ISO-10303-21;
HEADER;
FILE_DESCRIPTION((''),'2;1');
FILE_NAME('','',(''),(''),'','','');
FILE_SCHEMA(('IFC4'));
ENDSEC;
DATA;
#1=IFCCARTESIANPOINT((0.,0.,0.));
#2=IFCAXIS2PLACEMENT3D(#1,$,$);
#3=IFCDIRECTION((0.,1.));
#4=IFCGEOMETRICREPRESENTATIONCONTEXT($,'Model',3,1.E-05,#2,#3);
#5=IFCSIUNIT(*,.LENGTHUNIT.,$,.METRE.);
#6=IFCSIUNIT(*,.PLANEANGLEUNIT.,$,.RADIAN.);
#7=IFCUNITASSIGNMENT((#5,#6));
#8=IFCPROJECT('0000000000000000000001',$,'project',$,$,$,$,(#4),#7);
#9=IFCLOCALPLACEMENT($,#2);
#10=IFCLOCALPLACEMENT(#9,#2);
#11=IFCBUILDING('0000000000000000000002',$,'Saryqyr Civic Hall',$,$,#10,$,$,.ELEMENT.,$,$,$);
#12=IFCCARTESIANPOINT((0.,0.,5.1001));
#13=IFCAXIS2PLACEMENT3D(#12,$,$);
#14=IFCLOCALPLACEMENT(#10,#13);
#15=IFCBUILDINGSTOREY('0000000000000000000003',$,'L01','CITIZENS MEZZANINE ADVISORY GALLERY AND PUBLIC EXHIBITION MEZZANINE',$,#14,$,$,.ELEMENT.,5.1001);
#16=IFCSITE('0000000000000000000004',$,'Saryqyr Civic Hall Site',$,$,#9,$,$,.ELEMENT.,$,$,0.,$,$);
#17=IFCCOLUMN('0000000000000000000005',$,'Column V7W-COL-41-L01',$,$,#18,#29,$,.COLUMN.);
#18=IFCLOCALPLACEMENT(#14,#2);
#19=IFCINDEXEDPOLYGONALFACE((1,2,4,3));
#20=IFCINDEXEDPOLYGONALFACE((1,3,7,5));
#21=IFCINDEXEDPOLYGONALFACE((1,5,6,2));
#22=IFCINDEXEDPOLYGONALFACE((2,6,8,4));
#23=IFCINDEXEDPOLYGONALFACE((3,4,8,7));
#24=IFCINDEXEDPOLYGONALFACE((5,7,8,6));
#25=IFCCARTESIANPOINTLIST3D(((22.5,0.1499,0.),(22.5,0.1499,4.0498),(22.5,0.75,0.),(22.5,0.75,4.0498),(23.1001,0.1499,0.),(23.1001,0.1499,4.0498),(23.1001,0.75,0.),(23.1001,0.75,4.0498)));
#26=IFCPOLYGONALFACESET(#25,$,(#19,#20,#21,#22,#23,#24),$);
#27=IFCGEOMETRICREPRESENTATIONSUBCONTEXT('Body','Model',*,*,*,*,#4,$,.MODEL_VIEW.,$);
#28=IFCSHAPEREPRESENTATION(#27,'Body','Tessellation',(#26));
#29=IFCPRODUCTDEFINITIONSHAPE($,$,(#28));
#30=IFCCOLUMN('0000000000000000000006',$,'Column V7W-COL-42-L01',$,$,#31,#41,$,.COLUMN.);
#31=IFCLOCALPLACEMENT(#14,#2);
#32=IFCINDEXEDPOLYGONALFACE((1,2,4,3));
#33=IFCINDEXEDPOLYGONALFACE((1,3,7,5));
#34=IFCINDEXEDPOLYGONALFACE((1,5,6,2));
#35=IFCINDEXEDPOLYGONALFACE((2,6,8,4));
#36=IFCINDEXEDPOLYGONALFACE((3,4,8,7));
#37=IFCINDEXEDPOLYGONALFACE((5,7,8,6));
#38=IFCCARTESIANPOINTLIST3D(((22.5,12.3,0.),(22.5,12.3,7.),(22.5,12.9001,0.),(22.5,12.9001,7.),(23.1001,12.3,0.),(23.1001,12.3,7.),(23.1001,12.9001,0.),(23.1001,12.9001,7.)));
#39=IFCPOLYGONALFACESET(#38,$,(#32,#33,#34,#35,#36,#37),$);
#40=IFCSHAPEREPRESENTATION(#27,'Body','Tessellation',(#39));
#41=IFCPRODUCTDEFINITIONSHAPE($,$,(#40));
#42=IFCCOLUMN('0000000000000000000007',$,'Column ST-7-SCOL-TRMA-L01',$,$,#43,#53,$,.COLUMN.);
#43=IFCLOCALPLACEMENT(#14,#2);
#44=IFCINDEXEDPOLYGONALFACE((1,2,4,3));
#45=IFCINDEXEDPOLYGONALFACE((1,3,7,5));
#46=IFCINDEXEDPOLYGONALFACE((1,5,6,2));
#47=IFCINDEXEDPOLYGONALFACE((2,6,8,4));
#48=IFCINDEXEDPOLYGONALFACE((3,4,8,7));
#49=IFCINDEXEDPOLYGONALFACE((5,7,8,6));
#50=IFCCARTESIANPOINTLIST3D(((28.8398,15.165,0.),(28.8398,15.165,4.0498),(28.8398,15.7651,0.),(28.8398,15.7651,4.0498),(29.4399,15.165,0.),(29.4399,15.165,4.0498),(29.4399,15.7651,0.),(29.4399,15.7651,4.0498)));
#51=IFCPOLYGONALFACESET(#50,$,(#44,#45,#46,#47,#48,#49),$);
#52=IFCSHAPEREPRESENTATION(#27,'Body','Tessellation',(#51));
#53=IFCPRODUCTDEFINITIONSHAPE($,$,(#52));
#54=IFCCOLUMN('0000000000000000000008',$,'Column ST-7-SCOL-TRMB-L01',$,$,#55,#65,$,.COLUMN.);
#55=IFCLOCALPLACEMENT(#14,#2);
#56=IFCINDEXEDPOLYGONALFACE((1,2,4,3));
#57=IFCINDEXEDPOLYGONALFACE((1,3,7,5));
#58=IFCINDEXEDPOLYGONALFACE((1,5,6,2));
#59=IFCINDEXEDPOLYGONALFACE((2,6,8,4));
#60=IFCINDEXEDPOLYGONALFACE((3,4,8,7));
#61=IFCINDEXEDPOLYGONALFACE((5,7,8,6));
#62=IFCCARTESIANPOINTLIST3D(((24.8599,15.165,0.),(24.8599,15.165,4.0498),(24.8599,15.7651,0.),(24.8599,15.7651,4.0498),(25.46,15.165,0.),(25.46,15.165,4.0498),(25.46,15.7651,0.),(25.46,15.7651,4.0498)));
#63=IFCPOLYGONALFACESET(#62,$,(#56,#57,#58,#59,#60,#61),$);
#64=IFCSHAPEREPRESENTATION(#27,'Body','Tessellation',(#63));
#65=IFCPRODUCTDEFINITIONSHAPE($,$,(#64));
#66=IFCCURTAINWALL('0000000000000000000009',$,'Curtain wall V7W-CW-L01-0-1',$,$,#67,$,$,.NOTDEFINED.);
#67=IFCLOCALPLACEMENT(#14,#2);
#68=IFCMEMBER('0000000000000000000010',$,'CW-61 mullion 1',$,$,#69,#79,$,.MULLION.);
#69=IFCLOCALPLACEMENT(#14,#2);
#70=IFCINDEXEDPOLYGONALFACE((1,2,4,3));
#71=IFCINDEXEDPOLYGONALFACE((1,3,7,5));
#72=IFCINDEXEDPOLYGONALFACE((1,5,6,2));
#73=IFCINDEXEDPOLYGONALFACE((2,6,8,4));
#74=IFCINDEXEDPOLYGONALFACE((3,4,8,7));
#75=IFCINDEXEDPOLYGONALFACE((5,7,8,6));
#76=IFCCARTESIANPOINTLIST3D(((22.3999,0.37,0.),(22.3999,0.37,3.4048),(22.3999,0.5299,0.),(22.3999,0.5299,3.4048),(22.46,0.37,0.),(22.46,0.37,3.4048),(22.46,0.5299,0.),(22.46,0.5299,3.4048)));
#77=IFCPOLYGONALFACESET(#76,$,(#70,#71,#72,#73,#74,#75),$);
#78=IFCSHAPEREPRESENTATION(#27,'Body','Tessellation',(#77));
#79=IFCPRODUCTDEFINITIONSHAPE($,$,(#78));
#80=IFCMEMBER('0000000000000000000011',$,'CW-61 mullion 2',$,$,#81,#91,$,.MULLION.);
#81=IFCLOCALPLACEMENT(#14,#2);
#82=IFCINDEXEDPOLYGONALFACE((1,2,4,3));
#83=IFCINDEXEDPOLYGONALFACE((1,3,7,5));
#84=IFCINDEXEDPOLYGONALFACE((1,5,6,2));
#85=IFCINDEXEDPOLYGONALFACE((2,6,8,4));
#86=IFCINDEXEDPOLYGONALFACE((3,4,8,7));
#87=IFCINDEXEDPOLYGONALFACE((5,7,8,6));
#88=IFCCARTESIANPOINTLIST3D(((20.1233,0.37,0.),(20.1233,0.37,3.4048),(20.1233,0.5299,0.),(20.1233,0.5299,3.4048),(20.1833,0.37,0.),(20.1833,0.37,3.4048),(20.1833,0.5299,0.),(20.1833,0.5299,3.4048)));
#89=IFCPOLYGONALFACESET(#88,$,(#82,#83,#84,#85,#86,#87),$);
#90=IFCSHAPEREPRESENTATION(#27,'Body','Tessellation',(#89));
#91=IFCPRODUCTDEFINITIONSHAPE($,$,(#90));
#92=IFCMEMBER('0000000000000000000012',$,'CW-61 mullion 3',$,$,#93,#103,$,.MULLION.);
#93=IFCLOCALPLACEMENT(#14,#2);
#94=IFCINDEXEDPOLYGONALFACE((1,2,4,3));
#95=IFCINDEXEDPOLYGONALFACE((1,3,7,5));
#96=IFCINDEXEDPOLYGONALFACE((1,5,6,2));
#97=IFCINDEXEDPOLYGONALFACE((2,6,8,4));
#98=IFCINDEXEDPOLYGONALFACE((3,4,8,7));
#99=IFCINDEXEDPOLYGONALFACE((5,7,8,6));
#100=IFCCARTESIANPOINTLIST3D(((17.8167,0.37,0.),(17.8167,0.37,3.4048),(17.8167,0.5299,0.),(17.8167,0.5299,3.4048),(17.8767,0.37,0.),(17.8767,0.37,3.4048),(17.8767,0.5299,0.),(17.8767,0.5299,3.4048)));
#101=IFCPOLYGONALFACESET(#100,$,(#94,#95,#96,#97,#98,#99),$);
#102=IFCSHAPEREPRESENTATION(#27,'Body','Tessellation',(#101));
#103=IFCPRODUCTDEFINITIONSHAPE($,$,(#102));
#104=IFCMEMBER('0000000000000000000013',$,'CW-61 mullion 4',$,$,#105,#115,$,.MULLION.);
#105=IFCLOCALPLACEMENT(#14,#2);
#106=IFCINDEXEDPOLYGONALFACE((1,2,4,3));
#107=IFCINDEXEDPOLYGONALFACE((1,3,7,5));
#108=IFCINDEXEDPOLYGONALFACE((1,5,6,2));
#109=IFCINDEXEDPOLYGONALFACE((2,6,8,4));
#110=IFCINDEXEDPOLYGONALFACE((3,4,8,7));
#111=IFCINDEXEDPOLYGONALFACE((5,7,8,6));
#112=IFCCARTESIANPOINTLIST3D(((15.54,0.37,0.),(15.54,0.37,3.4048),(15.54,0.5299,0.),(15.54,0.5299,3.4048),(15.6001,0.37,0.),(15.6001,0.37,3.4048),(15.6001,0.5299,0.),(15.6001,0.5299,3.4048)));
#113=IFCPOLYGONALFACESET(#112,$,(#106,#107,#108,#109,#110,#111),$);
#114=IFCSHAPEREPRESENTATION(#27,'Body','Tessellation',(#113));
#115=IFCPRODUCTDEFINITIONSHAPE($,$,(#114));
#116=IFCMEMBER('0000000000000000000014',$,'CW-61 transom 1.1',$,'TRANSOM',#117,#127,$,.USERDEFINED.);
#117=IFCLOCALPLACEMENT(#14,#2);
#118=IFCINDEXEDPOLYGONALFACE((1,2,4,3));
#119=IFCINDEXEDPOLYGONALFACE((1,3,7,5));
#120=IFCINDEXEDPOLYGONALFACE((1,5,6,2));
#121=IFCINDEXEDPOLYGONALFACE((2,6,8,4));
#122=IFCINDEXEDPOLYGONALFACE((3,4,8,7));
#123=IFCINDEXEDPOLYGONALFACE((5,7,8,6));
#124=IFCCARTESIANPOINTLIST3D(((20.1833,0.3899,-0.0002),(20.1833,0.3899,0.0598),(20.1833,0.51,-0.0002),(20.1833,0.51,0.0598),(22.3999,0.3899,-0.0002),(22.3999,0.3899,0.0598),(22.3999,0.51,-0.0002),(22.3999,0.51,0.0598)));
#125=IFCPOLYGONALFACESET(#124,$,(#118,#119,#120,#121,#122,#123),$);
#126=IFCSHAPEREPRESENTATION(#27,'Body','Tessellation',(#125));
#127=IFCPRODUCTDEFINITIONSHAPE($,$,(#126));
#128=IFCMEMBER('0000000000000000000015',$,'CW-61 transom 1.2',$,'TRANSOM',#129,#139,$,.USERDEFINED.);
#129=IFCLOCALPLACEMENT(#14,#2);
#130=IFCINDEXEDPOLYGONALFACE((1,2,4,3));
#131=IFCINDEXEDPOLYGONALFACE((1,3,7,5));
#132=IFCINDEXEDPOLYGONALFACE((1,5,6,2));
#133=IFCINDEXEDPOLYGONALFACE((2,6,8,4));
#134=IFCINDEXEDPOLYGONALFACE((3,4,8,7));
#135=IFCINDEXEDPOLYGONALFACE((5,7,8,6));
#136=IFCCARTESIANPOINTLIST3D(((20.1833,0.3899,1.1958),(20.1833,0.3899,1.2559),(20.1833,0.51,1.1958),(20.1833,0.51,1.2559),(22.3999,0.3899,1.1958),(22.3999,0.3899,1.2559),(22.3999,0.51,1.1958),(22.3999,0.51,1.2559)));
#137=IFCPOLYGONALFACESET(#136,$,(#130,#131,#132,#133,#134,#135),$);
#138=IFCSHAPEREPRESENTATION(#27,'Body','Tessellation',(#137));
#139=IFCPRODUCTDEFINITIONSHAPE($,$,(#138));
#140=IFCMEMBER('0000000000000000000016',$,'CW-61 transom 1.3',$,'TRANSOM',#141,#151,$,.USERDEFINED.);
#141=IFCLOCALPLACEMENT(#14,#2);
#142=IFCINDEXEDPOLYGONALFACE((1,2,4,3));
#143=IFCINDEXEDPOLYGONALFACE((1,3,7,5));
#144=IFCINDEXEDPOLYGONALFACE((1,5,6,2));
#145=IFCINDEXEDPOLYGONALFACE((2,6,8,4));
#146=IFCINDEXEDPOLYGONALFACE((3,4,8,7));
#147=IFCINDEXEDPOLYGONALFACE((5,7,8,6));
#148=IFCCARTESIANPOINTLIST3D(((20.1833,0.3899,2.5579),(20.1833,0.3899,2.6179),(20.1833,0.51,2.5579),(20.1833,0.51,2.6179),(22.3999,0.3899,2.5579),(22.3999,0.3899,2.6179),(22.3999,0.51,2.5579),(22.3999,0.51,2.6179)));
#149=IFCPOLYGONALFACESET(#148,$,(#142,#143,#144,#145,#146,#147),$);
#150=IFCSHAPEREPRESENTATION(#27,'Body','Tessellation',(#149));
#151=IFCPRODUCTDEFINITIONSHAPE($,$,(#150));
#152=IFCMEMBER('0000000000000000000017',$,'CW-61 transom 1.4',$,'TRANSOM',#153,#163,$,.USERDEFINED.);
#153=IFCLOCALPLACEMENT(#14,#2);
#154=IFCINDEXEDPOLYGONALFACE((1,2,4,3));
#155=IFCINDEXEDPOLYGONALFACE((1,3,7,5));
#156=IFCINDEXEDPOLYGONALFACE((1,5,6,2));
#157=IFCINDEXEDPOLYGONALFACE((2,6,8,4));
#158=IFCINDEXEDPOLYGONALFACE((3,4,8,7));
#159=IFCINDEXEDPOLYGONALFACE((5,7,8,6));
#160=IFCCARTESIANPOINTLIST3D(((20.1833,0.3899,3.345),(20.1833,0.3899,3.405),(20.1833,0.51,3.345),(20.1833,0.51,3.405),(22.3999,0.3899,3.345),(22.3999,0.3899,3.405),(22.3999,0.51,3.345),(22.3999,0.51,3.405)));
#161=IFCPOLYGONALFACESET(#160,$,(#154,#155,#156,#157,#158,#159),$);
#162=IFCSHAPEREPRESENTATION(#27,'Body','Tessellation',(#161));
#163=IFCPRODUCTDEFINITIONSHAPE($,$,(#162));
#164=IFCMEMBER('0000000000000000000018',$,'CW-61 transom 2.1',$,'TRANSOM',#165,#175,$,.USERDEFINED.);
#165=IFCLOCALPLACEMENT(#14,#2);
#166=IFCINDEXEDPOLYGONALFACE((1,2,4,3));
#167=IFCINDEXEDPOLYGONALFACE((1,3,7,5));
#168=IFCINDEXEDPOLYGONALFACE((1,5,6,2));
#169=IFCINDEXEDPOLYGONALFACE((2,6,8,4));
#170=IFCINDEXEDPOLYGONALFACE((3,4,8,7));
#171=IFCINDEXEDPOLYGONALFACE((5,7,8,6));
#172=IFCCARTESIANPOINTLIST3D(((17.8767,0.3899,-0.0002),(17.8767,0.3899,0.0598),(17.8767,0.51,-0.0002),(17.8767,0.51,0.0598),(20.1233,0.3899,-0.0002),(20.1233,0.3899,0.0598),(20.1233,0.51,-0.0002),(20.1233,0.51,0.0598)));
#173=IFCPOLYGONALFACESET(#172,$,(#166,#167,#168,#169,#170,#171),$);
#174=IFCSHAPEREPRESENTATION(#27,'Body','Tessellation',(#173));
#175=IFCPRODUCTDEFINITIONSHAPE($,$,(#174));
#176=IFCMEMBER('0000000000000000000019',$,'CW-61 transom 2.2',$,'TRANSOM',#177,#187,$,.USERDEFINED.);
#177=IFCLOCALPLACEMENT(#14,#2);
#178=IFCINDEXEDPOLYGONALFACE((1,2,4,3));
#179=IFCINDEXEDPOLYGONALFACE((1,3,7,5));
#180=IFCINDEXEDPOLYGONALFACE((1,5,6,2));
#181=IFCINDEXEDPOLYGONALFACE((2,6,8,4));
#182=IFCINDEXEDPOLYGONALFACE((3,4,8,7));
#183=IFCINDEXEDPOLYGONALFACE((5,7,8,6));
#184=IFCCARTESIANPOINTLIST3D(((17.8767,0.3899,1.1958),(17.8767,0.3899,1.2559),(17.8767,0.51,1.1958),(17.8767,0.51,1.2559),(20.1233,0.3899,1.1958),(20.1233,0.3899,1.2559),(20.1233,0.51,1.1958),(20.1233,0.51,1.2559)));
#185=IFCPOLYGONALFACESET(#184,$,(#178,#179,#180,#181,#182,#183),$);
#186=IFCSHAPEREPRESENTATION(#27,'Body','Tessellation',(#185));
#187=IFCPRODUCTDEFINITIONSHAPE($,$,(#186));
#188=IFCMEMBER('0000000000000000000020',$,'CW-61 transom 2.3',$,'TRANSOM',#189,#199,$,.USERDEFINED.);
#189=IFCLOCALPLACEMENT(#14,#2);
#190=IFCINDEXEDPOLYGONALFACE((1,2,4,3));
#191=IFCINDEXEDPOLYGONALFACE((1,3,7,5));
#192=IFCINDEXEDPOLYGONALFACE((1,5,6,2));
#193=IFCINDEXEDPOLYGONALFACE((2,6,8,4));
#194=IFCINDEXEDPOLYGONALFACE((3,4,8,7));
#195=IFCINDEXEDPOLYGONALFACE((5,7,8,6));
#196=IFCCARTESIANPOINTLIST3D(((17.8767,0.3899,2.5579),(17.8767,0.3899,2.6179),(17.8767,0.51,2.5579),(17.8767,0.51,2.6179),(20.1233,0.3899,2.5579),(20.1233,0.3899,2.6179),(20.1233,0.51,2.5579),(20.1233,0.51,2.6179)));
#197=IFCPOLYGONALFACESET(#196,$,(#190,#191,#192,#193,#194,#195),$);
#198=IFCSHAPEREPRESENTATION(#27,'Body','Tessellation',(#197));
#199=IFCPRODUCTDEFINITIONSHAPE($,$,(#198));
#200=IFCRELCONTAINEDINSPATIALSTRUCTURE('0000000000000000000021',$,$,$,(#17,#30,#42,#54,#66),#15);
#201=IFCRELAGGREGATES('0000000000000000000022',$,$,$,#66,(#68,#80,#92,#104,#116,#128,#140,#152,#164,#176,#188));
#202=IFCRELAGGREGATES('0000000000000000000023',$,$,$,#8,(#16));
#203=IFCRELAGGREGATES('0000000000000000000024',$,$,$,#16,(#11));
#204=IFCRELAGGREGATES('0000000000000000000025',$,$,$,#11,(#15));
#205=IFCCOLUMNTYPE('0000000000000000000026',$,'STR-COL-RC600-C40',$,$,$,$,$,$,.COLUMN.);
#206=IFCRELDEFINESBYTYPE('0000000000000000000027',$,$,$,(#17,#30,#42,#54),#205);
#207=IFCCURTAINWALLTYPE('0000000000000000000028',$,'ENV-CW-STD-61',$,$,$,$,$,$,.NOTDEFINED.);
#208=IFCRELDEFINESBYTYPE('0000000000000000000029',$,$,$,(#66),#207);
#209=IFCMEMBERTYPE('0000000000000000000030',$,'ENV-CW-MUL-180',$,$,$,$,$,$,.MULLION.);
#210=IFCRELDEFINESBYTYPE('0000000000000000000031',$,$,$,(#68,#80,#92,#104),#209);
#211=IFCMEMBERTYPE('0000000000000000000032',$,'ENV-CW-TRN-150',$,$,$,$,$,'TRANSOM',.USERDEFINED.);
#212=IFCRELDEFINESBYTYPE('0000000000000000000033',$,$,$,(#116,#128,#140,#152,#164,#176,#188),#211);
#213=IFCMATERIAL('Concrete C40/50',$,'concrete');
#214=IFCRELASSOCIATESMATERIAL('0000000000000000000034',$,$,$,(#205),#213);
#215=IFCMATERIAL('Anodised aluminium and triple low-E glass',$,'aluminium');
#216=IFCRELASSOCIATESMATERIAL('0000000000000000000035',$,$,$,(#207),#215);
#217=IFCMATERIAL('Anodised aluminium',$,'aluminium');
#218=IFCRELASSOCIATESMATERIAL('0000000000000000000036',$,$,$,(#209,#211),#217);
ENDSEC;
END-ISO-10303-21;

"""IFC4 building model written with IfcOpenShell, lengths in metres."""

from ifc_helpers import new_model, si_unit, direction, frame, origin, origin_2d, place, context, subcontext, project, spatial, rectangle, extrude, material, material_profile, profile_set, type_object, element, aggregate, save


model = new_model("IFC4")

# Units and contexts
model_context = context("Model", 3, precision=1e-05, world=origin(), true_north=direction((0.0, 1.0)))
body_context = subcontext(model_context, "Body", "Model", "MODEL_VIEW")
ifc_project = project(units=[si_unit("LENGTHUNIT", "METRE"), si_unit("PLANEANGLEUNIT", "RADIAN")], contexts=[model_context])

# Site, building, storey
site_placement = place(None, origin())
site = spatial("IfcSite", under=ifc_project, at=site_placement, Name="Saryqyr Civic Hall Site", CompositionType="ELEMENT", RefElevation=0.0)
building_placement = place(site_placement, origin())
building = spatial("IfcBuilding", under=site, at=building_placement, Name="Saryqyr Civic Hall", CompositionType="ELEMENT")
storey_placement = place(building_placement, frame((0.0, 0.0, 5.1001)))
storey = spatial("IfcBuildingStorey", under=building, at=storey_placement, Name="L01", Description="CITIZENS MEZZANINE ADVISORY GALLERY AND PUBLIC EXHIBITION MEZZANINE", CompositionType="ELEMENT", Elevation=5.1001)

# Columns
ifc_material_1 = material(Name="Concrete C40/50", Category="concrete")
ifc_material_profile_1 = material_profile(ifc_material_1, rectangle(XDim=0.6001, YDim=0.6001, at=origin_2d()), Name="RC 600x600")
ifc_profile_set_1 = profile_set([ifc_material_profile_1], Name="Concrete C40/50")
column_type = type_object("IfcColumnType", Name="STR-COL-RC600-C40", PredefinedType="COLUMN", material=ifc_profile_set_1)
column_1_placement = place(storey_placement, frame((22.8, 0.45, 0.0), z_axis=(0.0, 0.0, 1.0), x_axis=(1.0, 0.0, 0.0)))
element("IfcColumn", 1, at=column_1_placement, inside=storey, type_object=column_type, Name="Column V7W-COL-41-L01", PredefinedType="COLUMN", context=body_context, shape_type="SweptSolid", body=[
    extrude(rectangle(XDim=0.6001, YDim=0.6001, at=origin_2d()), origin(), (0.0, 0.0, 1.0), 4.0498),
])
column_2_placement = place(storey_placement, frame((22.8, 12.6001, 0.0), z_axis=(0.0, 0.0, 1.0), x_axis=(1.0, 0.0, 0.0)))
element("IfcColumn", 2, at=column_2_placement, inside=storey, type_object=column_type, Name="Column V7W-COL-42-L01", PredefinedType="COLUMN", context=body_context, shape_type="SweptSolid", body=[
    extrude(rectangle(XDim=0.6001, YDim=0.6001, at=origin_2d()), origin(), (0.0, 0.0, 1.0), 7.0),
])
for number, where, z_axis, x_axis, name in (
    (3, (29.1399, 15.4651, 0.0), (0.0, 0.0, 1.0), (1.0, 0.0, 0.0), "Column ST-7-SCOL-TRMA-L01"),
    (4, (25.1599, 15.4651, 0.0), (0.0, 0.0, 1.0), (1.0, 0.0, 0.0), "Column ST-7-SCOL-TRMB-L01"),
):
    element("IfcColumn", number, at=place(storey_placement, frame(where, z_axis=z_axis, x_axis=x_axis)), inside=storey, type_object=column_type, Name=name, PredefinedType="COLUMN", context=body_context, shape_type="SweptSolid", body=[
        extrude(rectangle(XDim=0.6001, YDim=0.6001, at=origin_2d()), origin(), (0.0, 0.0, 1.0), 4.0498),
    ])

# Curtain wall, members
ifc_material_2 = material(Name="Anodised aluminium and triple low-E glass", Category="aluminium")
curtain_wall_type = type_object("IfcCurtainWallType", Name="ENV-CW-STD-61", PredefinedType="NOTDEFINED", material=ifc_material_2)
curtain_wall_placement = place(storey_placement, origin())
curtain_wall = element("IfcCurtainWall", 5, at=curtain_wall_placement, inside=storey, type_object=curtain_wall_type, Name="Curtain wall V7W-CW-L01-0-1", PredefinedType="NOTDEFINED")
ifc_material_3 = material(Name="Anodised aluminium", Category="aluminium")
ifc_material_profile_2 = material_profile(ifc_material_3, rectangle(XDim=0.0601, YDim=0.1599, at=origin_2d()), Name="ALU MULLION 60x160")
ifc_profile_set_2 = profile_set([ifc_material_profile_2], Name="Anodised aluminium")
member_type_1 = type_object("IfcMemberType", Name="ENV-CW-MUL-180", PredefinedType="MULLION", material=ifc_profile_set_2)
member_1_placement = place(storey_placement, frame((22.4299, 0.45, 0.0), z_axis=(0.0, 0.0, 1.0), x_axis=(-1.0, 0.0, 0.0)))
member_1 = element("IfcMember", 6, at=member_1_placement, type_object=member_type_1, Name="CW-61 mullion 1", PredefinedType="MULLION", context=body_context, shape_type="SweptSolid", body=[
    extrude(rectangle(XDim=0.0601, YDim=0.1599, at=origin_2d()), origin(), (0.0, 0.0, 1.0), 3.4048),
])
member_2_placement = place(storey_placement, frame((20.1533, 0.45, 0.0), z_axis=(0.0, 0.0, 1.0), x_axis=(-1.0, 0.0, 0.0)))
member_2 = element("IfcMember", 7, at=member_2_placement, type_object=member_type_1, Name="CW-61 mullion 2", PredefinedType="MULLION", context=body_context, shape_type="SweptSolid", body=[
    extrude(rectangle(XDim=0.0601, YDim=0.1599, at=origin_2d()), origin(), (0.0, 0.0, 1.0), 3.4048),
])
member_3_placement = place(storey_placement, frame((17.8467, 0.45, 0.0), z_axis=(0.0, 0.0, 1.0), x_axis=(-1.0, 0.0, 0.0)))
member_3 = element("IfcMember", 8, at=member_3_placement, type_object=member_type_1, Name="CW-61 mullion 3", PredefinedType="MULLION", context=body_context, shape_type="SweptSolid", body=[
    extrude(rectangle(XDim=0.0601, YDim=0.1599, at=origin_2d()), origin(), (0.0, 0.0, 1.0), 3.4048),
])
member_4_placement = place(storey_placement, frame((15.5701, 0.45, 0.0), z_axis=(0.0, 0.0, 1.0), x_axis=(-1.0, 0.0, 0.0)))
member_4 = element("IfcMember", 9, at=member_4_placement, type_object=member_type_1, Name="CW-61 mullion 4", PredefinedType="MULLION", context=body_context, shape_type="SweptSolid", body=[
    extrude(rectangle(XDim=0.0601, YDim=0.1599, at=origin_2d()), origin(), (0.0, 0.0, 1.0), 3.4048),
])
ifc_material_profile_3 = material_profile(ifc_material_3, rectangle(XDim=0.1201, YDim=0.0601, at=origin_2d()), Name="ALU TRANSOM 120x60")
ifc_profile_set_3 = profile_set([ifc_material_profile_3], Name="Anodised aluminium")
member_type_2 = type_object("IfcMemberType", Name="ENV-CW-TRN-150", ElementType="TRANSOM", PredefinedType="USERDEFINED", material=ifc_profile_set_3)
member_5_placement = place(storey_placement, frame((22.3999, 0.45, 0.0298), z_axis=(-1.0, 0.0, 0.0), x_axis=(0.0, -1.0, 0.0)))
member_5 = element("IfcMember", 10, at=member_5_placement, type_object=member_type_2, Name="CW-61 transom 1.1", ObjectType="TRANSOM", PredefinedType="USERDEFINED", context=body_context, shape_type="SweptSolid", body=[
    extrude(rectangle(XDim=0.1201, YDim=0.0601, at=origin_2d()), origin(), (0.0, 0.0, 1.0), 2.2166),
])
member_6_placement = place(storey_placement, frame((22.3999, 0.45, 1.2258), z_axis=(-1.0, 0.0, 0.0), x_axis=(0.0, -1.0, 0.0)))
member_6 = element("IfcMember", 11, at=member_6_placement, type_object=member_type_2, Name="CW-61 transom 1.2", ObjectType="TRANSOM", PredefinedType="USERDEFINED", context=body_context, shape_type="SweptSolid", body=[
    extrude(rectangle(XDim=0.1201, YDim=0.0601, at=origin_2d()), origin(), (0.0, 0.0, 1.0), 2.2166),
])
member_7_placement = place(storey_placement, frame((22.3999, 0.45, 2.5879), z_axis=(-1.0, 0.0, 0.0), x_axis=(0.0, -1.0, 0.0)))
member_7 = element("IfcMember", 12, at=member_7_placement, type_object=member_type_2, Name="CW-61 transom 1.3", ObjectType="TRANSOM", PredefinedType="USERDEFINED", context=body_context, shape_type="SweptSolid", body=[
    extrude(rectangle(XDim=0.1201, YDim=0.0601, at=origin_2d()), origin(), (0.0, 0.0, 1.0), 2.2166),
])
member_8_placement = place(storey_placement, frame((22.3999, 0.45, 3.375), z_axis=(-1.0, 0.0, 0.0), x_axis=(0.0, -1.0, 0.0)))
member_8 = element("IfcMember", 13, at=member_8_placement, type_object=member_type_2, Name="CW-61 transom 1.4", ObjectType="TRANSOM", PredefinedType="USERDEFINED", context=body_context, shape_type="SweptSolid", body=[
    extrude(rectangle(XDim=0.1201, YDim=0.0601, at=origin_2d()), origin(), (0.0, 0.0, 1.0), 2.2166),
])
member_9_placement = place(storey_placement, frame((20.1233, 0.45, 0.0298), z_axis=(-1.0, 0.0, 0.0), x_axis=(0.0, -1.0, 0.0)))
member_9 = element("IfcMember", 14, at=member_9_placement, type_object=member_type_2, Name="CW-61 transom 2.1", ObjectType="TRANSOM", PredefinedType="USERDEFINED", context=body_context, shape_type="SweptSolid", body=[
    extrude(rectangle(XDim=0.1201, YDim=0.0601, at=origin_2d()), origin(), (0.0, 0.0, 1.0), 2.2466),
])
member_10_placement = place(storey_placement, frame((20.1233, 0.45, 1.2258), z_axis=(-1.0, 0.0, 0.0), x_axis=(0.0, -1.0, 0.0)))
member_10 = element("IfcMember", 15, at=member_10_placement, type_object=member_type_2, Name="CW-61 transom 2.2", ObjectType="TRANSOM", PredefinedType="USERDEFINED", context=body_context, shape_type="SweptSolid", body=[
    extrude(rectangle(XDim=0.1201, YDim=0.0601, at=origin_2d()), origin(), (0.0, 0.0, 1.0), 2.2466),
])
member_11_placement = place(storey_placement, frame((20.1233, 0.45, 2.5879), z_axis=(-1.0, 0.0, 0.0), x_axis=(0.0, -1.0, 0.0)))
member_11 = element("IfcMember", 16, at=member_11_placement, type_object=member_type_2, Name="CW-61 transom 2.3", ObjectType="TRANSOM", PredefinedType="USERDEFINED", context=body_context, shape_type="SweptSolid", body=[
    extrude(rectangle(XDim=0.1201, YDim=0.0601, at=origin_2d()), origin(), (0.0, 0.0, 1.0), 2.2466),
])

aggregate(curtain_wall, [member_1, member_2, member_3, member_4, member_5, member_6, member_7, member_8, member_9, member_10, member_11])

save(model, "model.ifc")
